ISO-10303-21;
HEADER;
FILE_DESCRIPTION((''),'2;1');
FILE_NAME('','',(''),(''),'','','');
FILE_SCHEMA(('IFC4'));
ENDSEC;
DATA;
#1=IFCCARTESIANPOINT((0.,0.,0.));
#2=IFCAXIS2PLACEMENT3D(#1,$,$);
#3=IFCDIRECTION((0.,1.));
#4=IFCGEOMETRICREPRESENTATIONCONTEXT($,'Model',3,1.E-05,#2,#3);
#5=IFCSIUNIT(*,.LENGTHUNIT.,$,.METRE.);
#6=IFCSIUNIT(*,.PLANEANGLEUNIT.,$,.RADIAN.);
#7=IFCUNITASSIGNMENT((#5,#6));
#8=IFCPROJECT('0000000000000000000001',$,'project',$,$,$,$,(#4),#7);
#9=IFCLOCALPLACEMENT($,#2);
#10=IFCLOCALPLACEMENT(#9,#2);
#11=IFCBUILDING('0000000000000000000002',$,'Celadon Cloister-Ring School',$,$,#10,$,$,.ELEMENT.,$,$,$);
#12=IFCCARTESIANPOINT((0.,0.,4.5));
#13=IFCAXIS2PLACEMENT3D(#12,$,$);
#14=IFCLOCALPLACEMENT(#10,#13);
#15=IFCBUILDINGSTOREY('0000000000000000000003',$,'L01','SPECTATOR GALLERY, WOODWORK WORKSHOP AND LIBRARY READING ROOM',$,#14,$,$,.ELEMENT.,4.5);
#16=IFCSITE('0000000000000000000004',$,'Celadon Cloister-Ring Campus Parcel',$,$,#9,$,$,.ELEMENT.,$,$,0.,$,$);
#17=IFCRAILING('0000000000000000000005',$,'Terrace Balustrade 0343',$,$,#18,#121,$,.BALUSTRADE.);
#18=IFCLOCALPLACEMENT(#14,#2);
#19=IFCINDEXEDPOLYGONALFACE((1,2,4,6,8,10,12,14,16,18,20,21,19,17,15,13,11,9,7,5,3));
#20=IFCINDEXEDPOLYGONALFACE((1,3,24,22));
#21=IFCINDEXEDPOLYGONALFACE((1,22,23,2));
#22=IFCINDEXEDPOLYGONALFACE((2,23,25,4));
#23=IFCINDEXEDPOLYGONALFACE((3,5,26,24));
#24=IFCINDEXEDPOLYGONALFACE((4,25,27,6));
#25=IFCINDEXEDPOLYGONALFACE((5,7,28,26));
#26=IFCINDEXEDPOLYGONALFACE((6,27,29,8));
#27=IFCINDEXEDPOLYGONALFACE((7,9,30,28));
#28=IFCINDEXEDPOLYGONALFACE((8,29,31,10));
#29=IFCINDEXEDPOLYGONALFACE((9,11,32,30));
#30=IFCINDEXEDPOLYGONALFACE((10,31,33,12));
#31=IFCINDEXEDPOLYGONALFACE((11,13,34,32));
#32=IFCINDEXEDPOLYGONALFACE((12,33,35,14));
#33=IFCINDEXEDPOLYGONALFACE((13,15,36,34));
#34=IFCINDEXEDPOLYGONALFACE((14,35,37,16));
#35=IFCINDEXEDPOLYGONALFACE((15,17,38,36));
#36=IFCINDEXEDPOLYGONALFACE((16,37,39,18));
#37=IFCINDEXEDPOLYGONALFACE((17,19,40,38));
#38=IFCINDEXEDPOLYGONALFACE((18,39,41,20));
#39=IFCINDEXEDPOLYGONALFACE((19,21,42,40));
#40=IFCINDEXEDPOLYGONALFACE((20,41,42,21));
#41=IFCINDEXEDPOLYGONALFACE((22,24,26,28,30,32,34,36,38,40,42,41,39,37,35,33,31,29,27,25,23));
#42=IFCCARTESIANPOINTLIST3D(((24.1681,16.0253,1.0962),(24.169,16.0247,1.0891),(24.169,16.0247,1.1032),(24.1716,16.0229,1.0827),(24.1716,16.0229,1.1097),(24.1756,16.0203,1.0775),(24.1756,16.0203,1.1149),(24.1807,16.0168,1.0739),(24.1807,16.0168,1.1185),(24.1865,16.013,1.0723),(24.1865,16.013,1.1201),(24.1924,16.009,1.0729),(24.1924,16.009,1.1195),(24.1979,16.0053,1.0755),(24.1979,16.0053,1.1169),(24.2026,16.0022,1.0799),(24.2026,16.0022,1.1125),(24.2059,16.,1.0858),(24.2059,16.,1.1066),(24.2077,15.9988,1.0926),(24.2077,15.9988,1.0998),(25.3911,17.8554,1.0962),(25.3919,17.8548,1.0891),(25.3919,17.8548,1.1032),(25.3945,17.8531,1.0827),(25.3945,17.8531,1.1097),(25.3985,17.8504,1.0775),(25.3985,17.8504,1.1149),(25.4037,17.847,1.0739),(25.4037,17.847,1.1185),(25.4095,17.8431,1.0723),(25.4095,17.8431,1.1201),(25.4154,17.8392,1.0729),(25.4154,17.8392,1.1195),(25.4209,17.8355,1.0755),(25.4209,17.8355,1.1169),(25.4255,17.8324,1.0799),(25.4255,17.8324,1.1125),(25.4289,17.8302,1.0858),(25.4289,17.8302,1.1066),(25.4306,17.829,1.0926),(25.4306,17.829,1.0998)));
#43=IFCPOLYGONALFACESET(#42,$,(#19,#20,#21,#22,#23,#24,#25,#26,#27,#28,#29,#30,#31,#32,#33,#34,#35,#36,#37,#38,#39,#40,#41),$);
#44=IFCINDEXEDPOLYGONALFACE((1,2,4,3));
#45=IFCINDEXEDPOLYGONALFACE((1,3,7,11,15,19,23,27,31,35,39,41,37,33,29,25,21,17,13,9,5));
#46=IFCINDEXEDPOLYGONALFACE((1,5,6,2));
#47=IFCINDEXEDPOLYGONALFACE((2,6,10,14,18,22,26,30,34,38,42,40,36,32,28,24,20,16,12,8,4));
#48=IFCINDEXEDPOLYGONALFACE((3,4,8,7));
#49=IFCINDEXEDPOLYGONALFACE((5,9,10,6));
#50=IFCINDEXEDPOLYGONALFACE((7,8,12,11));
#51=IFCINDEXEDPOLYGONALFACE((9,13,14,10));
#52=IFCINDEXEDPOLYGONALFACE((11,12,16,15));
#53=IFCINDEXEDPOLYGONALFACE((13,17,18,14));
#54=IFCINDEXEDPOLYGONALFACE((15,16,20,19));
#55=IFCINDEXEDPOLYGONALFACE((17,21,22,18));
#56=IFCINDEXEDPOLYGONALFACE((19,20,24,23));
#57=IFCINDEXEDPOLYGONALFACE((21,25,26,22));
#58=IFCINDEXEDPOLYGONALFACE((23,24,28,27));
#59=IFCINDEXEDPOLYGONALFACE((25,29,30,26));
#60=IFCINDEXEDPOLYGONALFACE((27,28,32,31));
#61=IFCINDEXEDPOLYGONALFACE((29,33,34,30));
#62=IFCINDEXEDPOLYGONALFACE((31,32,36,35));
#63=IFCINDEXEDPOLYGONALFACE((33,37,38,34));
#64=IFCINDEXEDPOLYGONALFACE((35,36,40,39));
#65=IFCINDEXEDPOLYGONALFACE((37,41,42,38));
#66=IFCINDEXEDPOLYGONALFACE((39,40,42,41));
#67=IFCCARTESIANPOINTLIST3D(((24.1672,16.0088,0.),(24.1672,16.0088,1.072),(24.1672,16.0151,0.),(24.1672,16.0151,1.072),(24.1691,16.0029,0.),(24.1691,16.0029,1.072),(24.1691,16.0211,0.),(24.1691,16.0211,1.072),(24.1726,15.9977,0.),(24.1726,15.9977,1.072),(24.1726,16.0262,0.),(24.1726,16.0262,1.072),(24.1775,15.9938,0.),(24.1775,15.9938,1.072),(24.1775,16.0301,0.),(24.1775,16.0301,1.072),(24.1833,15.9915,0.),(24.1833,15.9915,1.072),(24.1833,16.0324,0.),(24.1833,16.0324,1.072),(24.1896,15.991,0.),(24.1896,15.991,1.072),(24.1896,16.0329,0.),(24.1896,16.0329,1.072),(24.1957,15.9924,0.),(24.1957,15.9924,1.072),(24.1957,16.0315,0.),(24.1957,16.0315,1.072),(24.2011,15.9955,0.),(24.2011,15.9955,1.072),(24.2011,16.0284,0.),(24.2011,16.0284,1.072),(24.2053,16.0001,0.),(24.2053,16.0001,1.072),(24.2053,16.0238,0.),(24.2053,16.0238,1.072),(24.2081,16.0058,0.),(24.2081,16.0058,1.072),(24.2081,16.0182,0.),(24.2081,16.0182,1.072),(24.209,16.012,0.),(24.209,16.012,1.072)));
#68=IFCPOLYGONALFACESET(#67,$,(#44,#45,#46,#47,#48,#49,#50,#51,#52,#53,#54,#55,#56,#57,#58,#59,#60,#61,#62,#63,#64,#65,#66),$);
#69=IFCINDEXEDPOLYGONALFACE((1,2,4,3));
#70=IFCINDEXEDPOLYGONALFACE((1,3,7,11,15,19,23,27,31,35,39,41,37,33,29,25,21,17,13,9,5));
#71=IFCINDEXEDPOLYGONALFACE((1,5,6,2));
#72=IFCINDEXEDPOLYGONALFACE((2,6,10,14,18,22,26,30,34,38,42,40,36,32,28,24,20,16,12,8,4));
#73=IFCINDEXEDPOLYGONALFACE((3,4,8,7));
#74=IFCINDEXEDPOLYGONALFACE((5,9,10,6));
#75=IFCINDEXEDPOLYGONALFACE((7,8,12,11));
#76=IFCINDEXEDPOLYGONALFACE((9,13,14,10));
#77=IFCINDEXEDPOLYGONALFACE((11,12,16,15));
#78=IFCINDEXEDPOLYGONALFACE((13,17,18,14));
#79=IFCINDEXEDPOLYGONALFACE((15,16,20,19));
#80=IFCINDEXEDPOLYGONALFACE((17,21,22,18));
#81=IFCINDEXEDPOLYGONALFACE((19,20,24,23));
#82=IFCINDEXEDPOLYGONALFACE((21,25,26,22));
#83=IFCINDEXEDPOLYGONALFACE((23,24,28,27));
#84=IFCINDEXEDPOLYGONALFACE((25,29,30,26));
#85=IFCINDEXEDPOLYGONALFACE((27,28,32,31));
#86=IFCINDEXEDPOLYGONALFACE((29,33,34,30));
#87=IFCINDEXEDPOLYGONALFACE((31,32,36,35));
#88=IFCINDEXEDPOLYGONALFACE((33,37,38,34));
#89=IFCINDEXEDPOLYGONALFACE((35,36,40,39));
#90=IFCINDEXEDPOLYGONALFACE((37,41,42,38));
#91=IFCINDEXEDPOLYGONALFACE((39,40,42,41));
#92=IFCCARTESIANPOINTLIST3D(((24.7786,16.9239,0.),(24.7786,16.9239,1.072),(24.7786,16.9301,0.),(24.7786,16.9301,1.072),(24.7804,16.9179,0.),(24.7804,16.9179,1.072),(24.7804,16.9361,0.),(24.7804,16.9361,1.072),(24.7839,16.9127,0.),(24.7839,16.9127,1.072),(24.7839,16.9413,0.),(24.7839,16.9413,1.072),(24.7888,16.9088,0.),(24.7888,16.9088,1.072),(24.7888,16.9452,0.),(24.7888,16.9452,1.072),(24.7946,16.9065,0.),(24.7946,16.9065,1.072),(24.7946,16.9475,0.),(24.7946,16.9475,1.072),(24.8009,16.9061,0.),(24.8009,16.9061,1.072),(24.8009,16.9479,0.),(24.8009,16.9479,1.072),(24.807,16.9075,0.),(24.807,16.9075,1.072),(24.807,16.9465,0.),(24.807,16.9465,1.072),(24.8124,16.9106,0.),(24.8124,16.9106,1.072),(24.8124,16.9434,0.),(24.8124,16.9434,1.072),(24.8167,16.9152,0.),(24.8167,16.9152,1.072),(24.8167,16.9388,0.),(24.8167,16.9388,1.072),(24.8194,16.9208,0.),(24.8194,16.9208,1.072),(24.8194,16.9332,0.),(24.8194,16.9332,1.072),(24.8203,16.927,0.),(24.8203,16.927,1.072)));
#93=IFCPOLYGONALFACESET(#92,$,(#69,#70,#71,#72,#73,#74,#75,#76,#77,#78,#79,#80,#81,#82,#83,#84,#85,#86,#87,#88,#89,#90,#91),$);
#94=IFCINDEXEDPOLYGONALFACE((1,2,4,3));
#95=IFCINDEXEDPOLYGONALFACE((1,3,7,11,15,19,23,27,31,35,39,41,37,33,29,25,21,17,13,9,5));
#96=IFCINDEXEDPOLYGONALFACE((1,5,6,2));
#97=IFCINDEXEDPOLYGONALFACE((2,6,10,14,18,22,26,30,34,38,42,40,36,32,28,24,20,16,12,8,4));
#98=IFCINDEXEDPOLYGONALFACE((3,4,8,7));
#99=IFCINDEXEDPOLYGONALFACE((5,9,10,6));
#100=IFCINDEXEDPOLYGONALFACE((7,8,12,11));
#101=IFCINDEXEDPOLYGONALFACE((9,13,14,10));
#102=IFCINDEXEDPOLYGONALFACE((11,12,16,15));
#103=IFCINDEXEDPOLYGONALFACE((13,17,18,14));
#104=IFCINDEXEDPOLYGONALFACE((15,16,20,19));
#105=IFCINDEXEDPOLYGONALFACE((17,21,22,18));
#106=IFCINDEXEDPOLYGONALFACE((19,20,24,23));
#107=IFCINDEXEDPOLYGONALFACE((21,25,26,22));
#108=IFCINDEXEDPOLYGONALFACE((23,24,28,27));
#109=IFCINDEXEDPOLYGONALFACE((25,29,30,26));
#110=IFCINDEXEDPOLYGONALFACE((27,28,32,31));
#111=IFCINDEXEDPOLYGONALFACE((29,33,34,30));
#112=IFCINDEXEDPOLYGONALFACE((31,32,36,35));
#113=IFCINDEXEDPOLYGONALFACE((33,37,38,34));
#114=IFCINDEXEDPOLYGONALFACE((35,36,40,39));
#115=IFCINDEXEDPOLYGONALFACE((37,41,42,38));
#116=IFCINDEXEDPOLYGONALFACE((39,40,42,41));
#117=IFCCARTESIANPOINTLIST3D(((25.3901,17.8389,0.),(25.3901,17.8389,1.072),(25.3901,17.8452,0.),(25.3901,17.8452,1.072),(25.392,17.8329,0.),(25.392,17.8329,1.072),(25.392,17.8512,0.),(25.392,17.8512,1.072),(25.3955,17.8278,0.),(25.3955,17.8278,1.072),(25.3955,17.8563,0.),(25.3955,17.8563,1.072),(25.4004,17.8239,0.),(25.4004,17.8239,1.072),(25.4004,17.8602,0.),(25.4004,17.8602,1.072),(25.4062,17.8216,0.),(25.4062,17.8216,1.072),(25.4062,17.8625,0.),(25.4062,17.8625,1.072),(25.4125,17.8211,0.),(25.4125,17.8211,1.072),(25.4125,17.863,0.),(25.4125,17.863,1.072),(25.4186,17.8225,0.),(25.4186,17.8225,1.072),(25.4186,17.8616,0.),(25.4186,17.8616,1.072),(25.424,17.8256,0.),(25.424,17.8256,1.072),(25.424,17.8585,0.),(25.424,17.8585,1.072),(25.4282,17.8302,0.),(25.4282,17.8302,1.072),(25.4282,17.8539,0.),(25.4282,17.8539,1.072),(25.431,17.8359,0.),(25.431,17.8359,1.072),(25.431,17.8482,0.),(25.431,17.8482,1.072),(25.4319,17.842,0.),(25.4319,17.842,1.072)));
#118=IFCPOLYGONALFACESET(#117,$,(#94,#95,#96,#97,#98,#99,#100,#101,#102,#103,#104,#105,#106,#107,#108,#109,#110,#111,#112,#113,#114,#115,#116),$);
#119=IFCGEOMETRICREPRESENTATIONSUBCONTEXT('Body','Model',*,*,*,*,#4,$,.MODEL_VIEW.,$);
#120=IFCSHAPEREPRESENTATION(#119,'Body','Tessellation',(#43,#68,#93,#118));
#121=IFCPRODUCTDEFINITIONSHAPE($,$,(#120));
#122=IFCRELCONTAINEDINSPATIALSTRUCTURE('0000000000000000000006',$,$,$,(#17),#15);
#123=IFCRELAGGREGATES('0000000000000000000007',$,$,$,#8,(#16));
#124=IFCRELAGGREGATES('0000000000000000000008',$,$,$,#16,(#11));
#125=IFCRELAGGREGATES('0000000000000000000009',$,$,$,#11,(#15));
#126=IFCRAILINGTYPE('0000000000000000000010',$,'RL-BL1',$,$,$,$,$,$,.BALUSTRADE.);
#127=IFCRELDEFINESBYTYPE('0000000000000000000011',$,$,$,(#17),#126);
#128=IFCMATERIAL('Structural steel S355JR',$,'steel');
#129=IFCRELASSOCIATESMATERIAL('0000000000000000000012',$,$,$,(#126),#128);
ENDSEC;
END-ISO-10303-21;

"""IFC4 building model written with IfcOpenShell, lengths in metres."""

from ifc_helpers import new_model, si_unit, direction, frame, origin, origin_2d, place, context, subcontext, project, spatial, circle, extrude, material, type_object, element, save


model = new_model("IFC4")

# Units and contexts
model_context = context("Model", 3, precision=1e-05, world=origin(), true_north=direction((0.0, 1.0)))
body_context = subcontext(model_context, "Body", "Model", "MODEL_VIEW")
ifc_project = project(units=[si_unit("LENGTHUNIT", "METRE"), si_unit("PLANEANGLEUNIT", "RADIAN")], contexts=[model_context])

# Site, building, storey
site_placement = place(None, origin())
site = spatial("IfcSite", under=ifc_project, at=site_placement, Name="Celadon Cloister-Ring Campus Parcel", CompositionType="ELEMENT", RefElevation=0.0)
building_placement = place(site_placement, origin())
building = spatial("IfcBuilding", under=site, at=building_placement, Name="Celadon Cloister-Ring School", CompositionType="ELEMENT")
storey_placement = place(building_placement, frame((0.0, 0.0, 4.5)))
storey = spatial("IfcBuildingStorey", under=building, at=storey_placement, Name="L01", Description="SPECTATOR GALLERY, WOODWORK WORKSHOP AND LIBRARY READING ROOM", CompositionType="ELEMENT", Elevation=4.5)

# Railing
ifc_material_1 = material(Name="Structural steel S355JR", Category="steel")
railing_type = type_object("IfcRailingType", Name="RL-BL1", PredefinedType="BALUSTRADE", material=ifc_material_1)
railing_1_placement = place(storey_placement, frame((24.188, 16.012, 0.0)))
element("IfcRailing", 1, at=railing_1_placement, inside=storey, type_object=railing_type, Name="Terrace Balustrade 0343", PredefinedType="BALUSTRADE", context=body_context, shape_type="SweptSolid", body=[
    extrude(circle(Radius=0.0239, at=origin_2d()), frame((0.0, 0.0, 1.0962), z_axis=(0.555596, 0.831453, 0.0), x_axis=(-0.831453, 0.555596, 0.0)), (0.0, 0.0, 1.0), 2.2012),
    extrude(circle(Radius=0.021, at=origin_2d()), origin(), (0.0, 0.0, 1.0), 1.072),
    extrude(circle(Radius=0.021, at=origin_2d()), frame((0.6113, 0.915, 0.0)), (0.0, 0.0, 1.0), 1.072),
    extrude(circle(Radius=0.021, at=origin_2d()), frame((1.2229, 1.8301, 0.0)), (0.0, 0.0, 1.0), 1.072),
])

save(model, "model.ifc")
